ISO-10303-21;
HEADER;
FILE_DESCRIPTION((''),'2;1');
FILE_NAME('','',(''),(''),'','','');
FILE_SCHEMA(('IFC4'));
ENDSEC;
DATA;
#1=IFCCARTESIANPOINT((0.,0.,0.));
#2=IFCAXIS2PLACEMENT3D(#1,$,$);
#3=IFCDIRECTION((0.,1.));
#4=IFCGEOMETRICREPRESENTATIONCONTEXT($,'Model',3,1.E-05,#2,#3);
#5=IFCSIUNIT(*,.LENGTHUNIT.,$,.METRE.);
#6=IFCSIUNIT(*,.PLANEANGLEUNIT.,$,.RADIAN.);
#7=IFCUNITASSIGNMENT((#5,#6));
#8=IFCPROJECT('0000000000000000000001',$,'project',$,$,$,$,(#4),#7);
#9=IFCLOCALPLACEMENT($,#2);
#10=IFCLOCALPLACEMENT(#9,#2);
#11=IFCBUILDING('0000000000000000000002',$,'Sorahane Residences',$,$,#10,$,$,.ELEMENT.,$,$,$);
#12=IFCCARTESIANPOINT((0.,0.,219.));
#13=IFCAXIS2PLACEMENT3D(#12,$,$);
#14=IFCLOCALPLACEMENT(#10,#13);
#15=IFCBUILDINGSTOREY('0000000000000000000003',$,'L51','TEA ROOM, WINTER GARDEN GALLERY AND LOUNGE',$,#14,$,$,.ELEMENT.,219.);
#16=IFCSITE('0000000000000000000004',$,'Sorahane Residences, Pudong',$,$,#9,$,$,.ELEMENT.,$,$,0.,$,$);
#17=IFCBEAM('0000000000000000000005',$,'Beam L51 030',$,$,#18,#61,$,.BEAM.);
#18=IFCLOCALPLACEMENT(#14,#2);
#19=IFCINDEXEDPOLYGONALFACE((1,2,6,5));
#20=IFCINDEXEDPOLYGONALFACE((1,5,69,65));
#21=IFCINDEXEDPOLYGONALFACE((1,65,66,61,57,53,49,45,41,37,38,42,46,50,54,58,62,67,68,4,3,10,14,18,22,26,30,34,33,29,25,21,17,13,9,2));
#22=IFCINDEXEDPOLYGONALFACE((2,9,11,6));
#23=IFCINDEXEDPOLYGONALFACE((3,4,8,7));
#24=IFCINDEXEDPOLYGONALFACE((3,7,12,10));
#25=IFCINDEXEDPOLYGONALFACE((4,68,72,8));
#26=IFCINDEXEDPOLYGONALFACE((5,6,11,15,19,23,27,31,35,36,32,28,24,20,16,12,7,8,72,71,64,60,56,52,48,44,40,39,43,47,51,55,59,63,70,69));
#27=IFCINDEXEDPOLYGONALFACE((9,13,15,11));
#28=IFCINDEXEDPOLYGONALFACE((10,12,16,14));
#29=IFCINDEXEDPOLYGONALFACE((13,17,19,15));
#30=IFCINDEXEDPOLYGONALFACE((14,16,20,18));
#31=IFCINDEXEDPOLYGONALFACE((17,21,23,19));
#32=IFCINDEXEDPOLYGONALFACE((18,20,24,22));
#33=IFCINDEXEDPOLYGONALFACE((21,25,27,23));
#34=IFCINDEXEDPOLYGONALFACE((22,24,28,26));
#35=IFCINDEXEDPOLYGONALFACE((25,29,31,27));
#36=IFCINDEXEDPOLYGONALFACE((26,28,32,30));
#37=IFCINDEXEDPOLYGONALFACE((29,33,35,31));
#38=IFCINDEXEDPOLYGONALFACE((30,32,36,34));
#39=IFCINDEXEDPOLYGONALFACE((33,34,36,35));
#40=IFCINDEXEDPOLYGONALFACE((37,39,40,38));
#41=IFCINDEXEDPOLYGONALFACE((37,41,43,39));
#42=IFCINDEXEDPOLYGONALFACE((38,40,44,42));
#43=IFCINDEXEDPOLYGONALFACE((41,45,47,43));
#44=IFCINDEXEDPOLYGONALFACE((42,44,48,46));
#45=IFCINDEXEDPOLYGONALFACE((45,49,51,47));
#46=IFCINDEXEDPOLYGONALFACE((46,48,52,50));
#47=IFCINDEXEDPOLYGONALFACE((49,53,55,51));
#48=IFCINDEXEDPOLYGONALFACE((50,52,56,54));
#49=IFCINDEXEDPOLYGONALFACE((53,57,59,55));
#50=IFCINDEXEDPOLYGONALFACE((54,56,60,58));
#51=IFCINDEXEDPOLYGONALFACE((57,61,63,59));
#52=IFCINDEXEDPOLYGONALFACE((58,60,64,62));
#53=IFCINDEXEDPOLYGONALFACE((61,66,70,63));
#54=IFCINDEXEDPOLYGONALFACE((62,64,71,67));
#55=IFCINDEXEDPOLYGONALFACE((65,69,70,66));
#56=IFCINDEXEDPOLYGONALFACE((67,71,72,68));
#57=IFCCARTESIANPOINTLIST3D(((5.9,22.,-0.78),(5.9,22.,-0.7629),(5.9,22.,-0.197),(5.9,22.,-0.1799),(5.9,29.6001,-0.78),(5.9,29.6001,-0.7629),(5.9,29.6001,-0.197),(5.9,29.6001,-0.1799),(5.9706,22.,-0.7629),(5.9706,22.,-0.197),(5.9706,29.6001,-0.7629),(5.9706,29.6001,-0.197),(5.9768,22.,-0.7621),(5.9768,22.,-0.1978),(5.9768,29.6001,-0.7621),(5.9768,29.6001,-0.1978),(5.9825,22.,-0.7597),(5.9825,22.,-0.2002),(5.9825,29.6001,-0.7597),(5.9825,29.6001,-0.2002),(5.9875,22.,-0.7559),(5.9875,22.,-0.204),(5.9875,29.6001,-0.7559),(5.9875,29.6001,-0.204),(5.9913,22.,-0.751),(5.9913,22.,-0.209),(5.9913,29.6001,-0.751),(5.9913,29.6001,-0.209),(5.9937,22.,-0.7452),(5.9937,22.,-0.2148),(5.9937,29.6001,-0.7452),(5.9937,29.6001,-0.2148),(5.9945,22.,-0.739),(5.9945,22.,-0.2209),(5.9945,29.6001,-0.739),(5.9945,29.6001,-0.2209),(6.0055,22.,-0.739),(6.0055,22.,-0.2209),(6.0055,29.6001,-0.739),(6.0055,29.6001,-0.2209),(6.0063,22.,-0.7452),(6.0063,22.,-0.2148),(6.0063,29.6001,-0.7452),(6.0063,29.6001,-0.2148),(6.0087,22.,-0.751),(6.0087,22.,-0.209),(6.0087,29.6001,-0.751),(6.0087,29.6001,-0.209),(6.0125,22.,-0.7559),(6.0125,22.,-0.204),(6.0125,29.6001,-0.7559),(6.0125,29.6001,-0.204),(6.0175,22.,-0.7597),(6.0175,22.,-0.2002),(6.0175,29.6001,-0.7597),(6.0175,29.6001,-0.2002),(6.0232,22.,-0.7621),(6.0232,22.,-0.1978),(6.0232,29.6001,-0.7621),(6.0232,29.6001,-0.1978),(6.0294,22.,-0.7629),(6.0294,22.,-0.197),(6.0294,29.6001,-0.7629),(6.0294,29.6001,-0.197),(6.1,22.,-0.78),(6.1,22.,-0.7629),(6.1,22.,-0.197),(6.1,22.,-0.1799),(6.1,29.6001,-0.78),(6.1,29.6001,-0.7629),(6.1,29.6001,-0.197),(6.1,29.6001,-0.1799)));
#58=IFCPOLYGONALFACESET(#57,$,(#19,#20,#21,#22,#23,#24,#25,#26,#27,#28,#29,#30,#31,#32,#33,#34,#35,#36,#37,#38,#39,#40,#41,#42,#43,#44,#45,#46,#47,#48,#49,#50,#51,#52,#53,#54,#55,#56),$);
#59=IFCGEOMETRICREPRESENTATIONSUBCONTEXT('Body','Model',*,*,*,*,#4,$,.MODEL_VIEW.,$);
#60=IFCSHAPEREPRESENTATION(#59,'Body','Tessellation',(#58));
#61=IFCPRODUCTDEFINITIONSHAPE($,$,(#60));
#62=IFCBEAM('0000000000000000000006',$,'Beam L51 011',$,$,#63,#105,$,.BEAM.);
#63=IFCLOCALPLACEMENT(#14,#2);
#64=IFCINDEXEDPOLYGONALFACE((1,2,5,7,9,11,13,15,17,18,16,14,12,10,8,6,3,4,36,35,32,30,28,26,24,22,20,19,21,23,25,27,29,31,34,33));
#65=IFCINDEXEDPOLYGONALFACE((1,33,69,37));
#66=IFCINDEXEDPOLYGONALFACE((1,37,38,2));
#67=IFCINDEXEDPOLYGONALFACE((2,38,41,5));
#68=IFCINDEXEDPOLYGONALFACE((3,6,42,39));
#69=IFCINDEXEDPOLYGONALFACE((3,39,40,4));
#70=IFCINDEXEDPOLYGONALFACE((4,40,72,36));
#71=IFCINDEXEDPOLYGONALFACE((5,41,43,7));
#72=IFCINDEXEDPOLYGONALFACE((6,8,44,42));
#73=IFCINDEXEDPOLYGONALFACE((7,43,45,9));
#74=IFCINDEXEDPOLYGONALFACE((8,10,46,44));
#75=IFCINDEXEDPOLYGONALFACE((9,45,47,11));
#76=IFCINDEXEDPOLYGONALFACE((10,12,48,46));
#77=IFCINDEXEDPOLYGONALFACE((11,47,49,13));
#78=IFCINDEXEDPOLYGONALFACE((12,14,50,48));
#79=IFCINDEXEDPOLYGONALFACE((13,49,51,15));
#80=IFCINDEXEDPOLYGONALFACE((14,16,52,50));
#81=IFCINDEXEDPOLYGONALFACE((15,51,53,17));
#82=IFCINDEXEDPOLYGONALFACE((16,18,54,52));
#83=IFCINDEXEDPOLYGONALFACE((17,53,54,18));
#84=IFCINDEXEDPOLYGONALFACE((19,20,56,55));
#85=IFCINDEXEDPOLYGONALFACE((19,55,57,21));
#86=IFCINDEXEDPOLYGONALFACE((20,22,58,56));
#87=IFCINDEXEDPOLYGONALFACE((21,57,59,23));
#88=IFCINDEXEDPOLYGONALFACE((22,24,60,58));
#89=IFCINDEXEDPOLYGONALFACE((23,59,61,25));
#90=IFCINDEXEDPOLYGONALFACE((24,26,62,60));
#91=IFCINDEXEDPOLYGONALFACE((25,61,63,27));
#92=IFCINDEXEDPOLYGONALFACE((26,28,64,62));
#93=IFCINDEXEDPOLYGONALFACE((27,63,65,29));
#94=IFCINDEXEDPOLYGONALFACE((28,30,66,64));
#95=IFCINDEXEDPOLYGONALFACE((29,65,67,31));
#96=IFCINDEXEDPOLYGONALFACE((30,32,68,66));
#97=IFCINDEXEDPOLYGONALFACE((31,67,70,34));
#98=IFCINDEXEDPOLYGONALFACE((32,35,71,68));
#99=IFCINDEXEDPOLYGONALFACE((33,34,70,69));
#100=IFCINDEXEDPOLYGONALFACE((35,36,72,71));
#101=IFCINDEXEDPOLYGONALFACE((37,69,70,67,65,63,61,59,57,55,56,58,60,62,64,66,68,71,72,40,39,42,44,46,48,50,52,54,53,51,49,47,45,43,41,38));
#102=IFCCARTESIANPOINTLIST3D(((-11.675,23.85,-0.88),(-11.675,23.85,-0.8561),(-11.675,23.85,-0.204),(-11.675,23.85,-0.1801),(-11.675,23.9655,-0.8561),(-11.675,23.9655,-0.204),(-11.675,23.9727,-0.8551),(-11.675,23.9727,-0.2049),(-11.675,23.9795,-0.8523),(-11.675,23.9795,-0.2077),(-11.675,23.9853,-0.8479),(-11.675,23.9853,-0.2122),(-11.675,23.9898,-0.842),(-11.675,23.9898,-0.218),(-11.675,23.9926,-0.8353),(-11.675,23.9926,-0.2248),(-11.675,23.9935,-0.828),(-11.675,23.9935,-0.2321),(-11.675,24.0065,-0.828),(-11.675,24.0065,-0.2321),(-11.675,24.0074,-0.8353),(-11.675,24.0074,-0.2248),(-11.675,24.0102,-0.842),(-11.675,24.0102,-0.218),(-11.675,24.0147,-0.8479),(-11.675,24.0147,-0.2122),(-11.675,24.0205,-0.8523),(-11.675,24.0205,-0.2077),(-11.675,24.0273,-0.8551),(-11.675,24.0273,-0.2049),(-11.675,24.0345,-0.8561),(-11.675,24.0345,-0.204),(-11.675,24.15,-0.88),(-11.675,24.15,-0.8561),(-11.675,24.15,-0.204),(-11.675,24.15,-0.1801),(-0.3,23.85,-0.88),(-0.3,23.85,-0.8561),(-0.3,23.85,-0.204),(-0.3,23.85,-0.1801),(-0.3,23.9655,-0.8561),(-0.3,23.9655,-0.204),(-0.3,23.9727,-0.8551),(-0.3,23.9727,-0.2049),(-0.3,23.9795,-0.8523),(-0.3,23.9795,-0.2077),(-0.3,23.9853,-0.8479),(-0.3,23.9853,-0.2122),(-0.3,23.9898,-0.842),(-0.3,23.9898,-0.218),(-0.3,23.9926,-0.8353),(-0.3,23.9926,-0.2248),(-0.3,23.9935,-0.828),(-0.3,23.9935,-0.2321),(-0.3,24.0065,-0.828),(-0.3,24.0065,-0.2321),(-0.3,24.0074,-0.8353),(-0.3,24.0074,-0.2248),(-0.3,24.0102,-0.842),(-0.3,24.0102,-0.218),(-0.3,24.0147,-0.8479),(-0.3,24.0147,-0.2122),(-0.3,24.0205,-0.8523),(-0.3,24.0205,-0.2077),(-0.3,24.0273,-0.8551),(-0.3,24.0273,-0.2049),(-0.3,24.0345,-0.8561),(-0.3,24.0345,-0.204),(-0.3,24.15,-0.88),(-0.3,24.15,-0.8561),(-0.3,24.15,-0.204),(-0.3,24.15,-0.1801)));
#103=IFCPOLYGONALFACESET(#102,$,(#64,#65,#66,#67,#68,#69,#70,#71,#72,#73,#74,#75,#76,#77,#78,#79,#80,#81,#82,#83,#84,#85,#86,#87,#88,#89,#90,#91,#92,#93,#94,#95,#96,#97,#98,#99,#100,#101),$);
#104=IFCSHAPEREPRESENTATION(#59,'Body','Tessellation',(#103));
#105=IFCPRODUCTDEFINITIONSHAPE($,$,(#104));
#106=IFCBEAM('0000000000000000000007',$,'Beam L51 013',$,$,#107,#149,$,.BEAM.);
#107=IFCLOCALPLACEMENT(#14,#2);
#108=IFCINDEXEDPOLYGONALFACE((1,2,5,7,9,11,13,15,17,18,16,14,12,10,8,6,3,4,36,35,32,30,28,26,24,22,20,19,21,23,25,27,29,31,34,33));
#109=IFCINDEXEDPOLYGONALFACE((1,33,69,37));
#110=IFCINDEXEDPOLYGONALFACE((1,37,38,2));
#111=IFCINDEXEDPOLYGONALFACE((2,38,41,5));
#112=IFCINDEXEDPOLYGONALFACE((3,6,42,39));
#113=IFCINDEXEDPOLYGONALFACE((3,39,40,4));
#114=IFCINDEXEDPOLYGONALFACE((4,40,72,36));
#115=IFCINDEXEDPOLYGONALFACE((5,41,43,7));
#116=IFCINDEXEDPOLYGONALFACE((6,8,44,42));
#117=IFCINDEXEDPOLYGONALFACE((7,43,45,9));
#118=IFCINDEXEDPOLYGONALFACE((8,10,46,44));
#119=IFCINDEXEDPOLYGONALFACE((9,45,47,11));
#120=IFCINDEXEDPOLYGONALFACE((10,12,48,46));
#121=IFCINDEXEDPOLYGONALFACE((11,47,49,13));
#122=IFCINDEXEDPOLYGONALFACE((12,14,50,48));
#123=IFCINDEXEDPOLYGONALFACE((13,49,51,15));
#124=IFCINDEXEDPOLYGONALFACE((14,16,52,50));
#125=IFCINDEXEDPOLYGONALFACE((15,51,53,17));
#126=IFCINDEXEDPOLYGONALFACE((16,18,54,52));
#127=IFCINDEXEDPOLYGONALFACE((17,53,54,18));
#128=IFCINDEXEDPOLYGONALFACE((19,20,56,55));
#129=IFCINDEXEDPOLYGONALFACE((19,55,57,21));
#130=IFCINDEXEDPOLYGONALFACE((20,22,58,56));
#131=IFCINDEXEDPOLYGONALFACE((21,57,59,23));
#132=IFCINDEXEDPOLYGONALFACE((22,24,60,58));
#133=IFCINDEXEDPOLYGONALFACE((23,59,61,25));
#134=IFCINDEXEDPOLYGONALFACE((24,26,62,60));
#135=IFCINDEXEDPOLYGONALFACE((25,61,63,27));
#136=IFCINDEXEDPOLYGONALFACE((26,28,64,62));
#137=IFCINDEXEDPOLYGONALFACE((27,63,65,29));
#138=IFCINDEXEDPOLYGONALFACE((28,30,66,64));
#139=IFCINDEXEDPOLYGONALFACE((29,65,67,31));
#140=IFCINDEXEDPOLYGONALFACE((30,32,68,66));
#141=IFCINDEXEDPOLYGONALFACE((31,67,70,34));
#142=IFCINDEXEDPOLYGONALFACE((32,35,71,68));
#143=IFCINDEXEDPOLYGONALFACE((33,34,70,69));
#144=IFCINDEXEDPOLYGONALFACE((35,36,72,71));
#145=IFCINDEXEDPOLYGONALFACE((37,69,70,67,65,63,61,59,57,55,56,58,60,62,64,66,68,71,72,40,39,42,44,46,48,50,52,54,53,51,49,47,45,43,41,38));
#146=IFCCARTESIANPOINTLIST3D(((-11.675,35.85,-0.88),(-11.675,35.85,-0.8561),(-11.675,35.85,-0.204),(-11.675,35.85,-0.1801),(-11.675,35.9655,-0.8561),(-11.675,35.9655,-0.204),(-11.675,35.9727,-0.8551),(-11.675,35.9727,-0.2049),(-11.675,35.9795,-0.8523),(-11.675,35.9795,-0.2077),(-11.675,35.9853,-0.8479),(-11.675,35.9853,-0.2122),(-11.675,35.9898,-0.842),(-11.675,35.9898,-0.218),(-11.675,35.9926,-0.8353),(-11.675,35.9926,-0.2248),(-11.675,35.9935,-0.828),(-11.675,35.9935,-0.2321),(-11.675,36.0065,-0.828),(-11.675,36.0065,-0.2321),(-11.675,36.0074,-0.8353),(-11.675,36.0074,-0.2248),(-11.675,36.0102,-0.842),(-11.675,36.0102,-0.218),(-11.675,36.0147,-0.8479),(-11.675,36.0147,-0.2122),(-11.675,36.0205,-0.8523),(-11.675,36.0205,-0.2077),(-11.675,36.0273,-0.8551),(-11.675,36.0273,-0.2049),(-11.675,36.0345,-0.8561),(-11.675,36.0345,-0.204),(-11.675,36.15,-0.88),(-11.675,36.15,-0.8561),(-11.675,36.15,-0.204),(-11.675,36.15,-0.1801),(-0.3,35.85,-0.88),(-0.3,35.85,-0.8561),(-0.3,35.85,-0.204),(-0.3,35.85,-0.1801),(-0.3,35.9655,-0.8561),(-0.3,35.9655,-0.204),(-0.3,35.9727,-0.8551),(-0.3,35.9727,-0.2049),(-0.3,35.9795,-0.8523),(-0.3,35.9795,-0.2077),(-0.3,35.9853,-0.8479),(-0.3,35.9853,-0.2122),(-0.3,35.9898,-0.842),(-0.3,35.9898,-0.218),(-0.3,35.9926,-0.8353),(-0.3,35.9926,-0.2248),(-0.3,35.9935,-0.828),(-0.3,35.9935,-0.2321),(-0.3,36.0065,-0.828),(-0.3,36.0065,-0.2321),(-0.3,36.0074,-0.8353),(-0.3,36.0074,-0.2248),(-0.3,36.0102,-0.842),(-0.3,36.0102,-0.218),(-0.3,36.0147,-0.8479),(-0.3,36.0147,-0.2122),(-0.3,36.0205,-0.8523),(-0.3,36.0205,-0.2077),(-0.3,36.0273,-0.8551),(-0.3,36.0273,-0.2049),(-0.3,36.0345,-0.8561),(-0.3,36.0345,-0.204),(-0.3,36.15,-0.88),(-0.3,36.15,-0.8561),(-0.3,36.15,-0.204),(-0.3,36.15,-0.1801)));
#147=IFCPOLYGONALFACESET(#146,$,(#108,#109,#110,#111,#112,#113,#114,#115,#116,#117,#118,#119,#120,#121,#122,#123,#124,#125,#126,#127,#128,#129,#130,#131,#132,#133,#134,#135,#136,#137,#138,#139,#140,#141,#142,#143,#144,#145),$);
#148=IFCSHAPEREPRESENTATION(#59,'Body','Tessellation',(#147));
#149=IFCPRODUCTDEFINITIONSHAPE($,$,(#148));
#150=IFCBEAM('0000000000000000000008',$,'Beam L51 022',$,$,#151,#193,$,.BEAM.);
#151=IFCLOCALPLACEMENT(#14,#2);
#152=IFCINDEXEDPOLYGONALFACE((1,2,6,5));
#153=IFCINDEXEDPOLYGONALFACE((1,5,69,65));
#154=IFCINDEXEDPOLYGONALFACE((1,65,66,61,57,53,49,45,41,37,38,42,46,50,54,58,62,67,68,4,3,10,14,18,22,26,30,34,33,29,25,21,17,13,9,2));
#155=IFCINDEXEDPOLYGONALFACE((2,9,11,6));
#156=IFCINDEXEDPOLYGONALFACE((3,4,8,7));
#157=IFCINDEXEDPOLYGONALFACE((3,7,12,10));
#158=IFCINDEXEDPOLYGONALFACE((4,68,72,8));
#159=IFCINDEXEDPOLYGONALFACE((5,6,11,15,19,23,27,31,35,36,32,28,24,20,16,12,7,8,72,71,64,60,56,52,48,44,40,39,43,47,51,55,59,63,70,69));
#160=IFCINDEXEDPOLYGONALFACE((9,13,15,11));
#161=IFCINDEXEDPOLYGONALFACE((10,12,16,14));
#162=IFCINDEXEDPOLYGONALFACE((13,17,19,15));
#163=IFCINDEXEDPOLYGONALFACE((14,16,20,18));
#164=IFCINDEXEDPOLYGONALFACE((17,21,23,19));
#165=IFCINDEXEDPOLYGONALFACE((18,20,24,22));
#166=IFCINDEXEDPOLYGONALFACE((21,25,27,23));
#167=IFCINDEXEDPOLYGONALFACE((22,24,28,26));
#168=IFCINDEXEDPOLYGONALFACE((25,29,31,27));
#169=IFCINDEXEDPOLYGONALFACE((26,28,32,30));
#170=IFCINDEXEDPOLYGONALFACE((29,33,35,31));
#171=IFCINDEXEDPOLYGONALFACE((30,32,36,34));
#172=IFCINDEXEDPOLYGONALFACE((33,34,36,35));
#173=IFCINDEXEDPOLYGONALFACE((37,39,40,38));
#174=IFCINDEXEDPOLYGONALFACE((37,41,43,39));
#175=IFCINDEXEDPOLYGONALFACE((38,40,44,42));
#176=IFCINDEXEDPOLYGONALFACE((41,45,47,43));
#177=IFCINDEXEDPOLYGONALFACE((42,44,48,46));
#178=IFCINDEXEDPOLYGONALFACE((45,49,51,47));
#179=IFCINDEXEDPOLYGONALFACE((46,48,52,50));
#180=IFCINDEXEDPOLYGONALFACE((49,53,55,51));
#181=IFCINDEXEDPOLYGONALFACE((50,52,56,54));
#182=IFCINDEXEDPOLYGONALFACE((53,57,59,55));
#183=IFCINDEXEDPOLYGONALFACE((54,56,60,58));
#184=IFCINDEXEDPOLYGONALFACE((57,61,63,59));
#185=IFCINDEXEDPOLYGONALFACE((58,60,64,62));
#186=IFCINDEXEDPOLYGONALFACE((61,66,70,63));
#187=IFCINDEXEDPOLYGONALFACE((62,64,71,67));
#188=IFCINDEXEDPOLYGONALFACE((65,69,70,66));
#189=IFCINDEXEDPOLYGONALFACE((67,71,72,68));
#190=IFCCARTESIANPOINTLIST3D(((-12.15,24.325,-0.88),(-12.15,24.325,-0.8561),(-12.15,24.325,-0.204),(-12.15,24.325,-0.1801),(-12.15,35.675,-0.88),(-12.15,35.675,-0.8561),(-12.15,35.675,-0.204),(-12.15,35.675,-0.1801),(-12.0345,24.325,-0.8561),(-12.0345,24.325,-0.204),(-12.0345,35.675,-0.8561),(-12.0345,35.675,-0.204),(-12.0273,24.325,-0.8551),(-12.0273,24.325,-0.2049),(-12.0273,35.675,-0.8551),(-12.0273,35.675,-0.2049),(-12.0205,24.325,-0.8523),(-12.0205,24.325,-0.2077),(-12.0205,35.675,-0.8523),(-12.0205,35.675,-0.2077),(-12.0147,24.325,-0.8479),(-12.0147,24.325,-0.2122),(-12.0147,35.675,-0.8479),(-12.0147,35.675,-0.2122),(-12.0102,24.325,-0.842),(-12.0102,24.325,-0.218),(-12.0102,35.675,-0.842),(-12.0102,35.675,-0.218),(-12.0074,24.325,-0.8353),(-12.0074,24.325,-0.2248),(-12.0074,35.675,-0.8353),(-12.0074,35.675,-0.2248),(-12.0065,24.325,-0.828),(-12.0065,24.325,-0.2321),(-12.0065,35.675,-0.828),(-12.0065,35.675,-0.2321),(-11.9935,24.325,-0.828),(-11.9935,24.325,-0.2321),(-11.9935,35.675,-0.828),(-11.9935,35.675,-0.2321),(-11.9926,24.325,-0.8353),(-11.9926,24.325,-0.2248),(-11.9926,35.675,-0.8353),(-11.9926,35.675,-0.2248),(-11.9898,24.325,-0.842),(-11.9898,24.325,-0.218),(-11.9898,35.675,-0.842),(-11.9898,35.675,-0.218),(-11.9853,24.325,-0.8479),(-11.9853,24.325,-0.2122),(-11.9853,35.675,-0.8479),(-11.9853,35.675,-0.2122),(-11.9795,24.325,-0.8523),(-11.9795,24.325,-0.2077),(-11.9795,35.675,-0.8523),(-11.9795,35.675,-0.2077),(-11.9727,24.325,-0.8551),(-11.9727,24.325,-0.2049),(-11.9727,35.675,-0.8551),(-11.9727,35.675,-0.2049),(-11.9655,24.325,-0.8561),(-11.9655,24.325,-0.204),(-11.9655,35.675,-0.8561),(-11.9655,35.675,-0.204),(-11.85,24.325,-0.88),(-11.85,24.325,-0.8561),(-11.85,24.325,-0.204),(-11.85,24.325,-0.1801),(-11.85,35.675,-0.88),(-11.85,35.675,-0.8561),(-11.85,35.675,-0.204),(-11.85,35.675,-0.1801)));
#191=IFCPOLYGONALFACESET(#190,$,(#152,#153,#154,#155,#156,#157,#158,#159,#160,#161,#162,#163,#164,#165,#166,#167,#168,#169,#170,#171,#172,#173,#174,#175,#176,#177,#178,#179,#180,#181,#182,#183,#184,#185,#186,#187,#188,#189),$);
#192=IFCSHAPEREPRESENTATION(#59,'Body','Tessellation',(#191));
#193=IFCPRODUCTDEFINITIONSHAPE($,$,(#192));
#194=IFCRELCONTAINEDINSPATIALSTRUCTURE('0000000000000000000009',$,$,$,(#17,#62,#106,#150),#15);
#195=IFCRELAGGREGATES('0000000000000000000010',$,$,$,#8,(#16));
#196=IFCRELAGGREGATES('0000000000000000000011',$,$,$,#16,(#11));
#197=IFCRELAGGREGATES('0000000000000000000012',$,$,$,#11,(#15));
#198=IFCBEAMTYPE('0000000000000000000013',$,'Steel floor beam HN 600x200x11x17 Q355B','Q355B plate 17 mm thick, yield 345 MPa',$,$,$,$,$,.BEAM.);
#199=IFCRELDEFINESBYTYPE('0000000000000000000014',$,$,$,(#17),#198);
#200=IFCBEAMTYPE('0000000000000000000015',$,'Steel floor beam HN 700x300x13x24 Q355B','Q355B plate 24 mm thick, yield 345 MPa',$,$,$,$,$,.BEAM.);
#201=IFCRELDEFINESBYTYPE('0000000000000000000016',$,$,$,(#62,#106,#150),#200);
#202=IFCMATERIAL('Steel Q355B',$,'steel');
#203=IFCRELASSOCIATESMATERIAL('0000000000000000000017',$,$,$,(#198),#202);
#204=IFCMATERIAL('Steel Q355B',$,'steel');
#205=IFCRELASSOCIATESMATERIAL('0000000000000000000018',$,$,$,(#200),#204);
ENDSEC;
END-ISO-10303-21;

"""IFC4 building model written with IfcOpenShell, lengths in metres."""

from ifc_helpers import new_model, si_unit, direction, frame, origin, origin_2d, place, context, subcontext, project, spatial, i_section, extrude, material, material_profile, profile_set, type_object, element, save


model = new_model("IFC4")

# Units and contexts
model_context = context("Model", 3, precision=1e-05, world=origin(), true_north=direction((0.0, 1.0)))
body_context = subcontext(model_context, "Body", "Model", "MODEL_VIEW")
ifc_project = project(units=[si_unit("LENGTHUNIT", "METRE"), si_unit("PLANEANGLEUNIT", "RADIAN")], contexts=[model_context])

# Site, building, storey
site_placement = place(None, origin())
site = spatial("IfcSite", under=ifc_project, at=site_placement, Name="Sorahane Residences, Pudong", CompositionType="ELEMENT", RefElevation=0.0)
building_placement = place(site_placement, origin())
building = spatial("IfcBuilding", under=site, at=building_placement, Name="Sorahane Residences", CompositionType="ELEMENT")
storey_placement = place(building_placement, frame((0.0, 0.0, 219.0)))
storey = spatial("IfcBuildingStorey", under=building, at=storey_placement, Name="L51", Description="TEA ROOM, WINTER GARDEN GALLERY AND LOUNGE", CompositionType="ELEMENT", Elevation=219.0)

# Beams
ifc_material_1 = material(Name="Steel Q355B", Category="steel")
ifc_material_profile_1 = material_profile(ifc_material_1, i_section(OverallWidth=0.2, OverallDepth=0.6001, WebThickness=0.011, FlangeThickness=0.0171, FilletRadius=0.0239, at=origin_2d()), Name="HN 600x200x11x17")
ifc_profile_set_1 = profile_set([ifc_material_profile_1], Name="Steel Q355B")
beam_type_1 = type_object("IfcBeamType", Name="Steel floor beam HN 600x200x11x17 Q355B", Description="Q355B plate 17 mm thick, yield 345 MPa", PredefinedType="BEAM", material=ifc_profile_set_1)
beam_1_placement = place(storey_placement, frame((6.0, 22.0, -0.48), z_axis=(0.0, 1.0, 0.0), x_axis=(-1.0, 0.0, 0.0)))
element("IfcBeam", 1, at=beam_1_placement, inside=storey, type_object=beam_type_1, Name="Beam L51 030", PredefinedType="BEAM", context=body_context, shape_type="SweptSolid", body=[
    extrude(i_section(OverallWidth=0.2, OverallDepth=0.6001, WebThickness=0.011, FlangeThickness=0.0171, FilletRadius=0.0239, at=origin_2d()), origin(), (0.0, 0.0, 1.0), 7.6001),
])
ifc_material_2 = material(Name="Steel Q355B", Category="steel")
ifc_material_profile_2 = material_profile(ifc_material_2, i_section(OverallWidth=0.3, OverallDepth=0.7, WebThickness=0.0129, FlangeThickness=0.0239, FilletRadius=0.0281, at=origin_2d()), Name="HN 700x300x13x24")
ifc_profile_set_2 = profile_set([ifc_material_profile_2], Name="Steel Q355B")
beam_type_2 = type_object("IfcBeamType", Name="Steel floor beam HN 700x300x13x24 Q355B", Description="Q355B plate 24 mm thick, yield 345 MPa", PredefinedType="BEAM", material=ifc_profile_set_2)
for number, where, z_axis, x_axis, name in (
    (2, (-11.675, 24.0, -0.53), (1.0, 0.0, 0.0), (0.0, 1.0, 0.0), "Beam L51 011"),
    (3, (-11.675, 36.0, -0.53), (1.0, 0.0, 0.0), (0.0, 1.0, 0.0), "Beam L51 013"),
):
    element("IfcBeam", number, at=place(storey_placement, frame(where, z_axis=z_axis, x_axis=x_axis)), inside=storey, type_object=beam_type_2, Name=name, PredefinedType="BEAM", context=body_context, shape_type="SweptSolid", body=[
        extrude(i_section(OverallWidth=0.3, OverallDepth=0.7, WebThickness=0.0129, FlangeThickness=0.0239, FilletRadius=0.0281, at=origin_2d()), origin(), (0.0, 0.0, 1.0), 11.375),
    ])
beam_2_placement = place(storey_placement, frame((-12.0, 24.325, -0.53), z_axis=(0.0, 1.0, 0.0), x_axis=(-1.0, 0.0, 0.0)))
element("IfcBeam", 4, at=beam_2_placement, inside=storey, type_object=beam_type_2, Name="Beam L51 022", PredefinedType="BEAM", context=body_context, shape_type="SweptSolid", body=[
    extrude(i_section(OverallWidth=0.3, OverallDepth=0.7, WebThickness=0.0129, FlangeThickness=0.0239, FilletRadius=0.0281, at=origin_2d()), origin(), (0.0, 0.0, 1.0), 11.3501),
])

save(model, "model.ifc")
